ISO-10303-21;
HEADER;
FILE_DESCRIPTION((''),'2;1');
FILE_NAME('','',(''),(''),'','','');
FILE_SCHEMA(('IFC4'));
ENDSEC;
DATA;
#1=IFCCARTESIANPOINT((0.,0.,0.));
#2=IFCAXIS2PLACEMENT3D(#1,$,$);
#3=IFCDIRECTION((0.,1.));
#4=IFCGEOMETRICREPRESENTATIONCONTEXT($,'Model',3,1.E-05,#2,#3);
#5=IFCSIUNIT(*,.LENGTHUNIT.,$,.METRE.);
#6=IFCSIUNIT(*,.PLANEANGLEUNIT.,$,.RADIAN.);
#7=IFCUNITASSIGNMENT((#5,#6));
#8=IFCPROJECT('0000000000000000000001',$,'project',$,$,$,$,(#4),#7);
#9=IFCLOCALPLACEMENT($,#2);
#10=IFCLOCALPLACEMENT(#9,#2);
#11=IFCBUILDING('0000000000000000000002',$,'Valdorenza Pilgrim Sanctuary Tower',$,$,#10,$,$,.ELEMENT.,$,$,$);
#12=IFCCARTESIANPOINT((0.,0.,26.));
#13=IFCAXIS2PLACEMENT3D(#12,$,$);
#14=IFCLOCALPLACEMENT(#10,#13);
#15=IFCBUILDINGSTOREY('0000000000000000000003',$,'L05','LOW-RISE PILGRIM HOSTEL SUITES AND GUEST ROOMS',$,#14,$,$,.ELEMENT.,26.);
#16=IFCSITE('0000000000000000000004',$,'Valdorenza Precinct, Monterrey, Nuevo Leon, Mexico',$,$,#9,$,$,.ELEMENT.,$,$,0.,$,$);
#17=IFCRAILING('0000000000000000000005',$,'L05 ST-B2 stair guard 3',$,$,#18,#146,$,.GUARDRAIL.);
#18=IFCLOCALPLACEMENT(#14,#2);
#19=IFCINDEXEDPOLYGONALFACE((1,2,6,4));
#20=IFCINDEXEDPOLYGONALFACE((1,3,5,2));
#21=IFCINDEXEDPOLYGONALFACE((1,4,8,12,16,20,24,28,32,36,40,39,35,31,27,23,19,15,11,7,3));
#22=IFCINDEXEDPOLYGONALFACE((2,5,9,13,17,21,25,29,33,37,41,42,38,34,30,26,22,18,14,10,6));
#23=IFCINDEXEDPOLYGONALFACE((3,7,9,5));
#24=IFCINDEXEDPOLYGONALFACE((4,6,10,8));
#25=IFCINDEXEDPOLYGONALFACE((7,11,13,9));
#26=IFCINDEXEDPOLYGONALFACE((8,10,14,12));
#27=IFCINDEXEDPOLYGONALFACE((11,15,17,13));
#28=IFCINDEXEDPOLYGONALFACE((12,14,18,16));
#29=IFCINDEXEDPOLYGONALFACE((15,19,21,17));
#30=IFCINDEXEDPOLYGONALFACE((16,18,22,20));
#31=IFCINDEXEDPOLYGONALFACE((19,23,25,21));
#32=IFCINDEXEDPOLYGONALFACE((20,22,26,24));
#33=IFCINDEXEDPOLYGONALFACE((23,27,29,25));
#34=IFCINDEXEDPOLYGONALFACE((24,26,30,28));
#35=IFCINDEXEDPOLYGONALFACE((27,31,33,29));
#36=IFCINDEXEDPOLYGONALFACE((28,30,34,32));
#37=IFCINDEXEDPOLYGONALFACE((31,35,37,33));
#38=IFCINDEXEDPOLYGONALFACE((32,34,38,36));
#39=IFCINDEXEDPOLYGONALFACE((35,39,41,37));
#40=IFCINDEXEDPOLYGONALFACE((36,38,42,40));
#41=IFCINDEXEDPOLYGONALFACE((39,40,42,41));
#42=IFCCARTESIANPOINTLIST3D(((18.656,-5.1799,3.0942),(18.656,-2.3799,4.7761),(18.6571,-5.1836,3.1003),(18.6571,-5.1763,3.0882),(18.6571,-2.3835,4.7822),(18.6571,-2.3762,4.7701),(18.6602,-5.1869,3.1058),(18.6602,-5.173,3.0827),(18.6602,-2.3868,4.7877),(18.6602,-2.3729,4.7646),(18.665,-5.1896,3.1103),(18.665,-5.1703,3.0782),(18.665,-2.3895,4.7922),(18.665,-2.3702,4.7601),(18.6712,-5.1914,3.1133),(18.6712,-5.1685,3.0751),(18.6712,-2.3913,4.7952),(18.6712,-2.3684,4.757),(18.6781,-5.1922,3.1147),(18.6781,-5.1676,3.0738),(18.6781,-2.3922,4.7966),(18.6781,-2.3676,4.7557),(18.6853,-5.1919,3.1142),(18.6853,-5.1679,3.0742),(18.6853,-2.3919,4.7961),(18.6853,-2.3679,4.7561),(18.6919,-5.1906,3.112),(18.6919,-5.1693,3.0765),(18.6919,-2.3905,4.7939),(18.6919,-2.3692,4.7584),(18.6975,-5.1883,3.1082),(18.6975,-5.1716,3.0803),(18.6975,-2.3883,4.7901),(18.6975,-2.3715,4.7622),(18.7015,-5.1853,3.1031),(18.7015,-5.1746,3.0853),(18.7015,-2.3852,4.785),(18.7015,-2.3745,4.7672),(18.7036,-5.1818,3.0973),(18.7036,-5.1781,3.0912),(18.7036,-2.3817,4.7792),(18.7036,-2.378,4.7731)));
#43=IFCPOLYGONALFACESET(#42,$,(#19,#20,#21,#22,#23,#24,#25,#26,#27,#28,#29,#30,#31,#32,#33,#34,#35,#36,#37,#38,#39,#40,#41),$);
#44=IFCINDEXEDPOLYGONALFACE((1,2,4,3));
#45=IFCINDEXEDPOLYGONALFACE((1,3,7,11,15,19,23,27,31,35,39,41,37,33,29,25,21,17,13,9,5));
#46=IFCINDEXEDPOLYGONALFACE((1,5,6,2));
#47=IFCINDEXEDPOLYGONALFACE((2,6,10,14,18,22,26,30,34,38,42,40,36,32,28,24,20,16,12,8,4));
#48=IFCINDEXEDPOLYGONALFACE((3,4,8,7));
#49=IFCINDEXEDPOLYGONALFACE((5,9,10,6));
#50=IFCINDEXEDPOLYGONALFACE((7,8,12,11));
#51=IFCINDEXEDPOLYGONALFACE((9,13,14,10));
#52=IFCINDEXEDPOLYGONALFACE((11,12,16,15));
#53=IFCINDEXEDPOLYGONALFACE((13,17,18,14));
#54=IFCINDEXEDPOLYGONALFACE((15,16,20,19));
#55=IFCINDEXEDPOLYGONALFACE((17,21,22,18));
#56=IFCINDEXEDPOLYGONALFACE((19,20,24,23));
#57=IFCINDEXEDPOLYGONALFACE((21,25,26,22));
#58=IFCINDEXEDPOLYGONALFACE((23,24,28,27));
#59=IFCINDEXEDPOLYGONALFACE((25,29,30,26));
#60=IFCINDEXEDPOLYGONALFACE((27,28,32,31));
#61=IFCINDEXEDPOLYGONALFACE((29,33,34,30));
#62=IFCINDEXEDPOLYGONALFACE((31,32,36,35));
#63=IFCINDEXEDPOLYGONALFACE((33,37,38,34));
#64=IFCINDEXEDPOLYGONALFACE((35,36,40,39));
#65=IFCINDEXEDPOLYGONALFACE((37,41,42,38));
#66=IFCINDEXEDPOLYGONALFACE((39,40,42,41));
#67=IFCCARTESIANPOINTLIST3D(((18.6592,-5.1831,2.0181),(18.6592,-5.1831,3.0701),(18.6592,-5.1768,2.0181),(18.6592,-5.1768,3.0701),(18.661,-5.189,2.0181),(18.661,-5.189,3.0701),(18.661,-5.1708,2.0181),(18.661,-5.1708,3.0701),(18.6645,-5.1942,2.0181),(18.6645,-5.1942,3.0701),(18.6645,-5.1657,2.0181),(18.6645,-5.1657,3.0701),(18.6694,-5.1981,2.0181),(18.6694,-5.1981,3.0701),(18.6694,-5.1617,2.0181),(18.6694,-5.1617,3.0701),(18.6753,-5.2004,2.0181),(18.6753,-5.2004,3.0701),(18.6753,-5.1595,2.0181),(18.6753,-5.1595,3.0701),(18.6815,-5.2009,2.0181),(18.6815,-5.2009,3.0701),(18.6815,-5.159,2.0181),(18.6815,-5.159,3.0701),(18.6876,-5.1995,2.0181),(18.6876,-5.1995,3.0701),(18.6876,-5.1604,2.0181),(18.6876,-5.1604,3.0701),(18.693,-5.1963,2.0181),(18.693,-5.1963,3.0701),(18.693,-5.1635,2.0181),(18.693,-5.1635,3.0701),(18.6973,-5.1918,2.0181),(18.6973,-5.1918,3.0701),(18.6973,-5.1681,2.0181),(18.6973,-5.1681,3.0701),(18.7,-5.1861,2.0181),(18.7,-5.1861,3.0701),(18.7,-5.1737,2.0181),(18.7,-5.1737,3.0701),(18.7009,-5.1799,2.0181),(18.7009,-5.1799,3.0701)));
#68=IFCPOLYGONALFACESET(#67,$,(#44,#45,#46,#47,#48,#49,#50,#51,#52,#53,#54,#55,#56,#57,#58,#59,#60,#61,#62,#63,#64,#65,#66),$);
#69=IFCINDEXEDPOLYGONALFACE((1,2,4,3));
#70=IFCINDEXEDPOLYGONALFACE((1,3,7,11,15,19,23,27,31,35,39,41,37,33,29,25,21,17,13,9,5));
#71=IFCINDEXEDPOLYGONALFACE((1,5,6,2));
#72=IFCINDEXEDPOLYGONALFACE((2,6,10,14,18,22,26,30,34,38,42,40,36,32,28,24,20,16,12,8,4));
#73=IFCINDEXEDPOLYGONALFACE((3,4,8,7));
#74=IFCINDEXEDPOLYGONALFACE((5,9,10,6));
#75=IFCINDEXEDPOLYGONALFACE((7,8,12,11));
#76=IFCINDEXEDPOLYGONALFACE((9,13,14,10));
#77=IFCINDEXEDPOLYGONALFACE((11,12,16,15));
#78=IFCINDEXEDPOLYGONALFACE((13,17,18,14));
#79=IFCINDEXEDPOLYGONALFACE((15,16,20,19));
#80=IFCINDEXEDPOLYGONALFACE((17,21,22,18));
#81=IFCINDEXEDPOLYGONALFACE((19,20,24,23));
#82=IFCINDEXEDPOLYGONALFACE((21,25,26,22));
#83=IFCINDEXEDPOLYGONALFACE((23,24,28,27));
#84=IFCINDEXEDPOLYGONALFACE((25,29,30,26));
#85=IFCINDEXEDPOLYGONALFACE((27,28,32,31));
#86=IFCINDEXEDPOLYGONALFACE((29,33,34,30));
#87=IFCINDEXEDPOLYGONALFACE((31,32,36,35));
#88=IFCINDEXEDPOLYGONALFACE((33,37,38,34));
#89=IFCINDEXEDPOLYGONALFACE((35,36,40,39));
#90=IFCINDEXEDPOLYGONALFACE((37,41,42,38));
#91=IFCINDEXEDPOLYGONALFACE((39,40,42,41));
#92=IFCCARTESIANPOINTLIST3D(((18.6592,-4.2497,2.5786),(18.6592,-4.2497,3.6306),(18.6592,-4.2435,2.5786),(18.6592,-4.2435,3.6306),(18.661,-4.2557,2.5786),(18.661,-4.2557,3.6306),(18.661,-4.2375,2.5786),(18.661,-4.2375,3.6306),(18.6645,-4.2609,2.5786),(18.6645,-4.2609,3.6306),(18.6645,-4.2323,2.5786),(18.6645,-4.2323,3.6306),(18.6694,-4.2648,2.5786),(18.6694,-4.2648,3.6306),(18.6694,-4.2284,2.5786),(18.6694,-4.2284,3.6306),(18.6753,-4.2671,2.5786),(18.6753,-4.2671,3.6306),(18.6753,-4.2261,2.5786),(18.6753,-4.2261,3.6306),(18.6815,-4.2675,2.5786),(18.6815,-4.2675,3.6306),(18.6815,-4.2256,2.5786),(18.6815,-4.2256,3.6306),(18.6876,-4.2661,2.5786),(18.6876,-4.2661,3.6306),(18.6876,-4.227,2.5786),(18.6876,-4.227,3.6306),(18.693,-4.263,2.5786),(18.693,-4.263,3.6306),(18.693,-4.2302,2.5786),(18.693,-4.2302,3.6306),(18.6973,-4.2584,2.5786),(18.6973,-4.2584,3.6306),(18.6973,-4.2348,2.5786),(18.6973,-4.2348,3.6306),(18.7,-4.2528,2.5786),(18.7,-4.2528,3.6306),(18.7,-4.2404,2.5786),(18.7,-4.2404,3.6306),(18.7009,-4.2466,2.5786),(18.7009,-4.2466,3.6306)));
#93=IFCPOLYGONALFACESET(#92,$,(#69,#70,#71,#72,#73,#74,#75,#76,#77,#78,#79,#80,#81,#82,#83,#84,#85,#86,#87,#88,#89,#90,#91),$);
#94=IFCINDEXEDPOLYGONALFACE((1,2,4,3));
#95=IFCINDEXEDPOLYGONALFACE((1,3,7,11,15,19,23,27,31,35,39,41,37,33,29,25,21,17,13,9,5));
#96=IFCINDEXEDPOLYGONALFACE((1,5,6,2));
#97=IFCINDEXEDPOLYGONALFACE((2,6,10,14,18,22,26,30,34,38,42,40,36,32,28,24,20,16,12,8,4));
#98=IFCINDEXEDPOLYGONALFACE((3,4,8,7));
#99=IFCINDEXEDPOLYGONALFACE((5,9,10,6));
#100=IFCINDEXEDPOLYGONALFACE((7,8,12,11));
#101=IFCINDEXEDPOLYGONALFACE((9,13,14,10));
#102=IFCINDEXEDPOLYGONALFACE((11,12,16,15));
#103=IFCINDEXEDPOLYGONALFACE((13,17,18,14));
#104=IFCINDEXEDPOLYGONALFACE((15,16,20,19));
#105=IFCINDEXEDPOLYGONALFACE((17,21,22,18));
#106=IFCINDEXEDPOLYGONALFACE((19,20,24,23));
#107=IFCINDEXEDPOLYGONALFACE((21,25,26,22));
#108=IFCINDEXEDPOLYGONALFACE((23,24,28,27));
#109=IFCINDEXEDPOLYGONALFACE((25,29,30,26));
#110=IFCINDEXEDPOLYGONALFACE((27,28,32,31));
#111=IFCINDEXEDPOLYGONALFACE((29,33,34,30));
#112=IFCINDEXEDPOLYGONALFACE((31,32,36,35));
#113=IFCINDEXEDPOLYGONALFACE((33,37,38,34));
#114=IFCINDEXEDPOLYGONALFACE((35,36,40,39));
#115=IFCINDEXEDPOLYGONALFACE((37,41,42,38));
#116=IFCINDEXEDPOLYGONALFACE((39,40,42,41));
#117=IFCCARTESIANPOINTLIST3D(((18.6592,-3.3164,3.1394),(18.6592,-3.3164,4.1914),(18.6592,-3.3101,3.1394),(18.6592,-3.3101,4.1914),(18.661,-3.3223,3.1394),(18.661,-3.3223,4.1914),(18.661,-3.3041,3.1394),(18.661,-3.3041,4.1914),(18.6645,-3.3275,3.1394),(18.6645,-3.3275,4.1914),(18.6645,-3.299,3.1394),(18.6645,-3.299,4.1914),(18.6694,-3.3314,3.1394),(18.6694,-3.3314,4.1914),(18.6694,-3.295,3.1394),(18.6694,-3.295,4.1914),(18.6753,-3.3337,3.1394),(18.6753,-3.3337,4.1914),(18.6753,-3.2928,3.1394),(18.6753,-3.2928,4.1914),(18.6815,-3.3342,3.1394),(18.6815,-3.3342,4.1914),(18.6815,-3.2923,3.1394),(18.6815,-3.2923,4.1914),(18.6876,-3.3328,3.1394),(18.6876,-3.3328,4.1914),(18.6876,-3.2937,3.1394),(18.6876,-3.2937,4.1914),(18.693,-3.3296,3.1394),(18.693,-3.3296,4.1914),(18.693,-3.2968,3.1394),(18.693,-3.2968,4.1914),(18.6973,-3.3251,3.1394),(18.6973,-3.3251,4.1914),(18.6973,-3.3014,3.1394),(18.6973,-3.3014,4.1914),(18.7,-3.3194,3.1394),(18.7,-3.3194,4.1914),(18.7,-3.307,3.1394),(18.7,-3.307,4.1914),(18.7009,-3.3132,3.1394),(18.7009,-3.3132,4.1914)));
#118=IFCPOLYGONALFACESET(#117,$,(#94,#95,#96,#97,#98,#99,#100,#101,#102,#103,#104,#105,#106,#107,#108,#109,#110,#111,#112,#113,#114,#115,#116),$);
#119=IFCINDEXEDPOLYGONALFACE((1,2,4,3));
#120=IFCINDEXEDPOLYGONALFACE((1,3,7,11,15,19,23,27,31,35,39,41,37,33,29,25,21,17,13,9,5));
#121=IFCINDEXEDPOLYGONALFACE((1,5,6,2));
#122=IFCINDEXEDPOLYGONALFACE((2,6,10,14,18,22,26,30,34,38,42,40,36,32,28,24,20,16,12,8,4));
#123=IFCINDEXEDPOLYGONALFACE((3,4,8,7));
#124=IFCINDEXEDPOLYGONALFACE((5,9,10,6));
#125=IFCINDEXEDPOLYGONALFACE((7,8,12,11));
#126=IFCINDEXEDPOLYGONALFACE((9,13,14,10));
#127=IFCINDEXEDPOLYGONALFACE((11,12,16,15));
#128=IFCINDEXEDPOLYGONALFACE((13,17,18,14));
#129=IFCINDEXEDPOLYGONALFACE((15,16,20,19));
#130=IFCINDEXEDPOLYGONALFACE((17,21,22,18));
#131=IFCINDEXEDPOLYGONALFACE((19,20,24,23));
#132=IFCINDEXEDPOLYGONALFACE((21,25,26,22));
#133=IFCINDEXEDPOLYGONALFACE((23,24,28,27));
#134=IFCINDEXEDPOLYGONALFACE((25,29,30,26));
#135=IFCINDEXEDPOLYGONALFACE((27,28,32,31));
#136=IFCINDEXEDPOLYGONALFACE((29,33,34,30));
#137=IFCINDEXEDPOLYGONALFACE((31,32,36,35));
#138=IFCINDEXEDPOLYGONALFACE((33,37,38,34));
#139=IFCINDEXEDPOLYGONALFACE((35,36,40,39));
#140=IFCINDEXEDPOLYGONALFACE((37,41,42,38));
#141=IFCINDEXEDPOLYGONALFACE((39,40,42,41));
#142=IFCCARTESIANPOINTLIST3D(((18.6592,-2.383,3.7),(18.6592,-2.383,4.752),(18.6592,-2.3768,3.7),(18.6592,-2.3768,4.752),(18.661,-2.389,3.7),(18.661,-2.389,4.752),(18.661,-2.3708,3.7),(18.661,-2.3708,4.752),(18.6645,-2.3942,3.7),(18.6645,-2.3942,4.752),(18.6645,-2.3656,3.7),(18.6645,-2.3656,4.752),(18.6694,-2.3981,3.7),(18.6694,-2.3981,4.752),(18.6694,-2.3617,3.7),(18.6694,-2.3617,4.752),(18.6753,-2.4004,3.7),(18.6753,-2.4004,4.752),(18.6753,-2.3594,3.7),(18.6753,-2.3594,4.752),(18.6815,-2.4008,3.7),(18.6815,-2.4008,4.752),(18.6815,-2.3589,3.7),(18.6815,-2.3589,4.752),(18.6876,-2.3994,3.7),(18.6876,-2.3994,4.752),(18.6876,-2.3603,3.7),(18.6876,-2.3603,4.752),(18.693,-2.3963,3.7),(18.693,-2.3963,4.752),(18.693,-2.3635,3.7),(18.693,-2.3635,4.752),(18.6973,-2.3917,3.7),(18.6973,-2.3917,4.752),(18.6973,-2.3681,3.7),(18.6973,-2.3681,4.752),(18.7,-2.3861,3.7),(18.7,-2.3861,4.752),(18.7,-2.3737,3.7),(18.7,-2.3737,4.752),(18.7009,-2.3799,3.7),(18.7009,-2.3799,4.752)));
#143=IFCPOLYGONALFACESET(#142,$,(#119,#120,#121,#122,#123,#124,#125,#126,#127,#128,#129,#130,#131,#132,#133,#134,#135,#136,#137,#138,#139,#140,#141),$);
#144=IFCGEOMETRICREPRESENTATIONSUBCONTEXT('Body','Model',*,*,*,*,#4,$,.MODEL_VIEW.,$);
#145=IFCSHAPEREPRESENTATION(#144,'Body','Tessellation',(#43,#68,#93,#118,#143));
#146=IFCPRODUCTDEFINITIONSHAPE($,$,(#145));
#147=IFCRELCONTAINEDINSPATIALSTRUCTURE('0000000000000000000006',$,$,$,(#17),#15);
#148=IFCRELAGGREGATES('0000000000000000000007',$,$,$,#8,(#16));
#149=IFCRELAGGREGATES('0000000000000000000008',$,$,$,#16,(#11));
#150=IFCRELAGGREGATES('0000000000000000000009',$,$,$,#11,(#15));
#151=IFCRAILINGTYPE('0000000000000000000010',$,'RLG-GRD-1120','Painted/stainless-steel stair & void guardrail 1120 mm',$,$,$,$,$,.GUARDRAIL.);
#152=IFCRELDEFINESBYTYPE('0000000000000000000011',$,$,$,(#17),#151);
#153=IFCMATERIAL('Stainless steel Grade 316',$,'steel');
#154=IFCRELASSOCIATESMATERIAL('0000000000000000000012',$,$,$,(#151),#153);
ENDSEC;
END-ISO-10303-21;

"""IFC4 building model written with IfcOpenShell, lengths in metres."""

from ifc_helpers import new_model, si_unit, direction, frame, origin, origin_2d, place, context, subcontext, project, spatial, circle, extrude, material, type_object, element, save


model = new_model("IFC4")

# Units and contexts
model_context = context("Model", 3, precision=1e-05, world=origin(), true_north=direction((0.0, 1.0)))
body_context = subcontext(model_context, "Body", "Model", "MODEL_VIEW")
ifc_project = project(units=[si_unit("LENGTHUNIT", "METRE"), si_unit("PLANEANGLEUNIT", "RADIAN")], contexts=[model_context])

# Site, building, storey
site_placement = place(None, origin())
site = spatial("IfcSite", under=ifc_project, at=site_placement, Name="Valdorenza Precinct, Monterrey, Nuevo Leon, Mexico", CompositionType="ELEMENT", RefElevation=0.0)
building_placement = place(site_placement, origin())
building = spatial("IfcBuilding", under=site, at=building_placement, Name="Valdorenza Pilgrim Sanctuary Tower", CompositionType="ELEMENT")
storey_placement = place(building_placement, frame((0.0, 0.0, 26.0)))
storey = spatial("IfcBuildingStorey", under=building, at=storey_placement, Name="L05", Description="LOW-RISE PILGRIM HOSTEL SUITES AND GUEST ROOMS", CompositionType="ELEMENT", Elevation=26.0)

# Railing
ifc_material_1 = material(Name="Stainless steel Grade 316", Category="steel")
railing_type_1 = type_object("IfcRailingType", Name="RLG-GRD-1120", Description="Painted/stainless-steel stair & void guardrail 1120 mm", PredefinedType="GUARDRAIL", material=ifc_material_1)
railing_1_placement = place(storey_placement, frame((18.6799, -5.1799, 2.0181)))
element("IfcRailing", 1, at=railing_1_placement, inside=storey, type_object=railing_type_1, Name="L05 ST-B2 stair guard 3", PredefinedType="GUARDRAIL", context=body_context, shape_type="SweptSolid", body=[
    extrude(circle(Radius=0.0239, at=origin_2d()), frame((0.0, 0.0, 1.0762), z_axis=(0.0, 0.857242, 0.514913), x_axis=(-1.0, 0.0, 0.0)), (0.0, 0.0, 1.0), 3.2664),
    extrude(circle(Radius=0.021, at=origin_2d()), origin(), (0.0, 0.0, 1.0), 1.052),
    extrude(circle(Radius=0.021, at=origin_2d()), frame((0.0, 0.9333, 0.5605)), (0.0, 0.0, 1.0), 1.052),
    extrude(circle(Radius=0.021, at=origin_2d()), frame((0.0, 1.8667, 1.1213)), (0.0, 0.0, 1.0), 1.052),
    extrude(circle(Radius=0.021, at=origin_2d()), frame((0.0, 2.8, 1.6819)), (0.0, 0.0, 1.0), 1.052),
])

save(model, "model.ifc")
